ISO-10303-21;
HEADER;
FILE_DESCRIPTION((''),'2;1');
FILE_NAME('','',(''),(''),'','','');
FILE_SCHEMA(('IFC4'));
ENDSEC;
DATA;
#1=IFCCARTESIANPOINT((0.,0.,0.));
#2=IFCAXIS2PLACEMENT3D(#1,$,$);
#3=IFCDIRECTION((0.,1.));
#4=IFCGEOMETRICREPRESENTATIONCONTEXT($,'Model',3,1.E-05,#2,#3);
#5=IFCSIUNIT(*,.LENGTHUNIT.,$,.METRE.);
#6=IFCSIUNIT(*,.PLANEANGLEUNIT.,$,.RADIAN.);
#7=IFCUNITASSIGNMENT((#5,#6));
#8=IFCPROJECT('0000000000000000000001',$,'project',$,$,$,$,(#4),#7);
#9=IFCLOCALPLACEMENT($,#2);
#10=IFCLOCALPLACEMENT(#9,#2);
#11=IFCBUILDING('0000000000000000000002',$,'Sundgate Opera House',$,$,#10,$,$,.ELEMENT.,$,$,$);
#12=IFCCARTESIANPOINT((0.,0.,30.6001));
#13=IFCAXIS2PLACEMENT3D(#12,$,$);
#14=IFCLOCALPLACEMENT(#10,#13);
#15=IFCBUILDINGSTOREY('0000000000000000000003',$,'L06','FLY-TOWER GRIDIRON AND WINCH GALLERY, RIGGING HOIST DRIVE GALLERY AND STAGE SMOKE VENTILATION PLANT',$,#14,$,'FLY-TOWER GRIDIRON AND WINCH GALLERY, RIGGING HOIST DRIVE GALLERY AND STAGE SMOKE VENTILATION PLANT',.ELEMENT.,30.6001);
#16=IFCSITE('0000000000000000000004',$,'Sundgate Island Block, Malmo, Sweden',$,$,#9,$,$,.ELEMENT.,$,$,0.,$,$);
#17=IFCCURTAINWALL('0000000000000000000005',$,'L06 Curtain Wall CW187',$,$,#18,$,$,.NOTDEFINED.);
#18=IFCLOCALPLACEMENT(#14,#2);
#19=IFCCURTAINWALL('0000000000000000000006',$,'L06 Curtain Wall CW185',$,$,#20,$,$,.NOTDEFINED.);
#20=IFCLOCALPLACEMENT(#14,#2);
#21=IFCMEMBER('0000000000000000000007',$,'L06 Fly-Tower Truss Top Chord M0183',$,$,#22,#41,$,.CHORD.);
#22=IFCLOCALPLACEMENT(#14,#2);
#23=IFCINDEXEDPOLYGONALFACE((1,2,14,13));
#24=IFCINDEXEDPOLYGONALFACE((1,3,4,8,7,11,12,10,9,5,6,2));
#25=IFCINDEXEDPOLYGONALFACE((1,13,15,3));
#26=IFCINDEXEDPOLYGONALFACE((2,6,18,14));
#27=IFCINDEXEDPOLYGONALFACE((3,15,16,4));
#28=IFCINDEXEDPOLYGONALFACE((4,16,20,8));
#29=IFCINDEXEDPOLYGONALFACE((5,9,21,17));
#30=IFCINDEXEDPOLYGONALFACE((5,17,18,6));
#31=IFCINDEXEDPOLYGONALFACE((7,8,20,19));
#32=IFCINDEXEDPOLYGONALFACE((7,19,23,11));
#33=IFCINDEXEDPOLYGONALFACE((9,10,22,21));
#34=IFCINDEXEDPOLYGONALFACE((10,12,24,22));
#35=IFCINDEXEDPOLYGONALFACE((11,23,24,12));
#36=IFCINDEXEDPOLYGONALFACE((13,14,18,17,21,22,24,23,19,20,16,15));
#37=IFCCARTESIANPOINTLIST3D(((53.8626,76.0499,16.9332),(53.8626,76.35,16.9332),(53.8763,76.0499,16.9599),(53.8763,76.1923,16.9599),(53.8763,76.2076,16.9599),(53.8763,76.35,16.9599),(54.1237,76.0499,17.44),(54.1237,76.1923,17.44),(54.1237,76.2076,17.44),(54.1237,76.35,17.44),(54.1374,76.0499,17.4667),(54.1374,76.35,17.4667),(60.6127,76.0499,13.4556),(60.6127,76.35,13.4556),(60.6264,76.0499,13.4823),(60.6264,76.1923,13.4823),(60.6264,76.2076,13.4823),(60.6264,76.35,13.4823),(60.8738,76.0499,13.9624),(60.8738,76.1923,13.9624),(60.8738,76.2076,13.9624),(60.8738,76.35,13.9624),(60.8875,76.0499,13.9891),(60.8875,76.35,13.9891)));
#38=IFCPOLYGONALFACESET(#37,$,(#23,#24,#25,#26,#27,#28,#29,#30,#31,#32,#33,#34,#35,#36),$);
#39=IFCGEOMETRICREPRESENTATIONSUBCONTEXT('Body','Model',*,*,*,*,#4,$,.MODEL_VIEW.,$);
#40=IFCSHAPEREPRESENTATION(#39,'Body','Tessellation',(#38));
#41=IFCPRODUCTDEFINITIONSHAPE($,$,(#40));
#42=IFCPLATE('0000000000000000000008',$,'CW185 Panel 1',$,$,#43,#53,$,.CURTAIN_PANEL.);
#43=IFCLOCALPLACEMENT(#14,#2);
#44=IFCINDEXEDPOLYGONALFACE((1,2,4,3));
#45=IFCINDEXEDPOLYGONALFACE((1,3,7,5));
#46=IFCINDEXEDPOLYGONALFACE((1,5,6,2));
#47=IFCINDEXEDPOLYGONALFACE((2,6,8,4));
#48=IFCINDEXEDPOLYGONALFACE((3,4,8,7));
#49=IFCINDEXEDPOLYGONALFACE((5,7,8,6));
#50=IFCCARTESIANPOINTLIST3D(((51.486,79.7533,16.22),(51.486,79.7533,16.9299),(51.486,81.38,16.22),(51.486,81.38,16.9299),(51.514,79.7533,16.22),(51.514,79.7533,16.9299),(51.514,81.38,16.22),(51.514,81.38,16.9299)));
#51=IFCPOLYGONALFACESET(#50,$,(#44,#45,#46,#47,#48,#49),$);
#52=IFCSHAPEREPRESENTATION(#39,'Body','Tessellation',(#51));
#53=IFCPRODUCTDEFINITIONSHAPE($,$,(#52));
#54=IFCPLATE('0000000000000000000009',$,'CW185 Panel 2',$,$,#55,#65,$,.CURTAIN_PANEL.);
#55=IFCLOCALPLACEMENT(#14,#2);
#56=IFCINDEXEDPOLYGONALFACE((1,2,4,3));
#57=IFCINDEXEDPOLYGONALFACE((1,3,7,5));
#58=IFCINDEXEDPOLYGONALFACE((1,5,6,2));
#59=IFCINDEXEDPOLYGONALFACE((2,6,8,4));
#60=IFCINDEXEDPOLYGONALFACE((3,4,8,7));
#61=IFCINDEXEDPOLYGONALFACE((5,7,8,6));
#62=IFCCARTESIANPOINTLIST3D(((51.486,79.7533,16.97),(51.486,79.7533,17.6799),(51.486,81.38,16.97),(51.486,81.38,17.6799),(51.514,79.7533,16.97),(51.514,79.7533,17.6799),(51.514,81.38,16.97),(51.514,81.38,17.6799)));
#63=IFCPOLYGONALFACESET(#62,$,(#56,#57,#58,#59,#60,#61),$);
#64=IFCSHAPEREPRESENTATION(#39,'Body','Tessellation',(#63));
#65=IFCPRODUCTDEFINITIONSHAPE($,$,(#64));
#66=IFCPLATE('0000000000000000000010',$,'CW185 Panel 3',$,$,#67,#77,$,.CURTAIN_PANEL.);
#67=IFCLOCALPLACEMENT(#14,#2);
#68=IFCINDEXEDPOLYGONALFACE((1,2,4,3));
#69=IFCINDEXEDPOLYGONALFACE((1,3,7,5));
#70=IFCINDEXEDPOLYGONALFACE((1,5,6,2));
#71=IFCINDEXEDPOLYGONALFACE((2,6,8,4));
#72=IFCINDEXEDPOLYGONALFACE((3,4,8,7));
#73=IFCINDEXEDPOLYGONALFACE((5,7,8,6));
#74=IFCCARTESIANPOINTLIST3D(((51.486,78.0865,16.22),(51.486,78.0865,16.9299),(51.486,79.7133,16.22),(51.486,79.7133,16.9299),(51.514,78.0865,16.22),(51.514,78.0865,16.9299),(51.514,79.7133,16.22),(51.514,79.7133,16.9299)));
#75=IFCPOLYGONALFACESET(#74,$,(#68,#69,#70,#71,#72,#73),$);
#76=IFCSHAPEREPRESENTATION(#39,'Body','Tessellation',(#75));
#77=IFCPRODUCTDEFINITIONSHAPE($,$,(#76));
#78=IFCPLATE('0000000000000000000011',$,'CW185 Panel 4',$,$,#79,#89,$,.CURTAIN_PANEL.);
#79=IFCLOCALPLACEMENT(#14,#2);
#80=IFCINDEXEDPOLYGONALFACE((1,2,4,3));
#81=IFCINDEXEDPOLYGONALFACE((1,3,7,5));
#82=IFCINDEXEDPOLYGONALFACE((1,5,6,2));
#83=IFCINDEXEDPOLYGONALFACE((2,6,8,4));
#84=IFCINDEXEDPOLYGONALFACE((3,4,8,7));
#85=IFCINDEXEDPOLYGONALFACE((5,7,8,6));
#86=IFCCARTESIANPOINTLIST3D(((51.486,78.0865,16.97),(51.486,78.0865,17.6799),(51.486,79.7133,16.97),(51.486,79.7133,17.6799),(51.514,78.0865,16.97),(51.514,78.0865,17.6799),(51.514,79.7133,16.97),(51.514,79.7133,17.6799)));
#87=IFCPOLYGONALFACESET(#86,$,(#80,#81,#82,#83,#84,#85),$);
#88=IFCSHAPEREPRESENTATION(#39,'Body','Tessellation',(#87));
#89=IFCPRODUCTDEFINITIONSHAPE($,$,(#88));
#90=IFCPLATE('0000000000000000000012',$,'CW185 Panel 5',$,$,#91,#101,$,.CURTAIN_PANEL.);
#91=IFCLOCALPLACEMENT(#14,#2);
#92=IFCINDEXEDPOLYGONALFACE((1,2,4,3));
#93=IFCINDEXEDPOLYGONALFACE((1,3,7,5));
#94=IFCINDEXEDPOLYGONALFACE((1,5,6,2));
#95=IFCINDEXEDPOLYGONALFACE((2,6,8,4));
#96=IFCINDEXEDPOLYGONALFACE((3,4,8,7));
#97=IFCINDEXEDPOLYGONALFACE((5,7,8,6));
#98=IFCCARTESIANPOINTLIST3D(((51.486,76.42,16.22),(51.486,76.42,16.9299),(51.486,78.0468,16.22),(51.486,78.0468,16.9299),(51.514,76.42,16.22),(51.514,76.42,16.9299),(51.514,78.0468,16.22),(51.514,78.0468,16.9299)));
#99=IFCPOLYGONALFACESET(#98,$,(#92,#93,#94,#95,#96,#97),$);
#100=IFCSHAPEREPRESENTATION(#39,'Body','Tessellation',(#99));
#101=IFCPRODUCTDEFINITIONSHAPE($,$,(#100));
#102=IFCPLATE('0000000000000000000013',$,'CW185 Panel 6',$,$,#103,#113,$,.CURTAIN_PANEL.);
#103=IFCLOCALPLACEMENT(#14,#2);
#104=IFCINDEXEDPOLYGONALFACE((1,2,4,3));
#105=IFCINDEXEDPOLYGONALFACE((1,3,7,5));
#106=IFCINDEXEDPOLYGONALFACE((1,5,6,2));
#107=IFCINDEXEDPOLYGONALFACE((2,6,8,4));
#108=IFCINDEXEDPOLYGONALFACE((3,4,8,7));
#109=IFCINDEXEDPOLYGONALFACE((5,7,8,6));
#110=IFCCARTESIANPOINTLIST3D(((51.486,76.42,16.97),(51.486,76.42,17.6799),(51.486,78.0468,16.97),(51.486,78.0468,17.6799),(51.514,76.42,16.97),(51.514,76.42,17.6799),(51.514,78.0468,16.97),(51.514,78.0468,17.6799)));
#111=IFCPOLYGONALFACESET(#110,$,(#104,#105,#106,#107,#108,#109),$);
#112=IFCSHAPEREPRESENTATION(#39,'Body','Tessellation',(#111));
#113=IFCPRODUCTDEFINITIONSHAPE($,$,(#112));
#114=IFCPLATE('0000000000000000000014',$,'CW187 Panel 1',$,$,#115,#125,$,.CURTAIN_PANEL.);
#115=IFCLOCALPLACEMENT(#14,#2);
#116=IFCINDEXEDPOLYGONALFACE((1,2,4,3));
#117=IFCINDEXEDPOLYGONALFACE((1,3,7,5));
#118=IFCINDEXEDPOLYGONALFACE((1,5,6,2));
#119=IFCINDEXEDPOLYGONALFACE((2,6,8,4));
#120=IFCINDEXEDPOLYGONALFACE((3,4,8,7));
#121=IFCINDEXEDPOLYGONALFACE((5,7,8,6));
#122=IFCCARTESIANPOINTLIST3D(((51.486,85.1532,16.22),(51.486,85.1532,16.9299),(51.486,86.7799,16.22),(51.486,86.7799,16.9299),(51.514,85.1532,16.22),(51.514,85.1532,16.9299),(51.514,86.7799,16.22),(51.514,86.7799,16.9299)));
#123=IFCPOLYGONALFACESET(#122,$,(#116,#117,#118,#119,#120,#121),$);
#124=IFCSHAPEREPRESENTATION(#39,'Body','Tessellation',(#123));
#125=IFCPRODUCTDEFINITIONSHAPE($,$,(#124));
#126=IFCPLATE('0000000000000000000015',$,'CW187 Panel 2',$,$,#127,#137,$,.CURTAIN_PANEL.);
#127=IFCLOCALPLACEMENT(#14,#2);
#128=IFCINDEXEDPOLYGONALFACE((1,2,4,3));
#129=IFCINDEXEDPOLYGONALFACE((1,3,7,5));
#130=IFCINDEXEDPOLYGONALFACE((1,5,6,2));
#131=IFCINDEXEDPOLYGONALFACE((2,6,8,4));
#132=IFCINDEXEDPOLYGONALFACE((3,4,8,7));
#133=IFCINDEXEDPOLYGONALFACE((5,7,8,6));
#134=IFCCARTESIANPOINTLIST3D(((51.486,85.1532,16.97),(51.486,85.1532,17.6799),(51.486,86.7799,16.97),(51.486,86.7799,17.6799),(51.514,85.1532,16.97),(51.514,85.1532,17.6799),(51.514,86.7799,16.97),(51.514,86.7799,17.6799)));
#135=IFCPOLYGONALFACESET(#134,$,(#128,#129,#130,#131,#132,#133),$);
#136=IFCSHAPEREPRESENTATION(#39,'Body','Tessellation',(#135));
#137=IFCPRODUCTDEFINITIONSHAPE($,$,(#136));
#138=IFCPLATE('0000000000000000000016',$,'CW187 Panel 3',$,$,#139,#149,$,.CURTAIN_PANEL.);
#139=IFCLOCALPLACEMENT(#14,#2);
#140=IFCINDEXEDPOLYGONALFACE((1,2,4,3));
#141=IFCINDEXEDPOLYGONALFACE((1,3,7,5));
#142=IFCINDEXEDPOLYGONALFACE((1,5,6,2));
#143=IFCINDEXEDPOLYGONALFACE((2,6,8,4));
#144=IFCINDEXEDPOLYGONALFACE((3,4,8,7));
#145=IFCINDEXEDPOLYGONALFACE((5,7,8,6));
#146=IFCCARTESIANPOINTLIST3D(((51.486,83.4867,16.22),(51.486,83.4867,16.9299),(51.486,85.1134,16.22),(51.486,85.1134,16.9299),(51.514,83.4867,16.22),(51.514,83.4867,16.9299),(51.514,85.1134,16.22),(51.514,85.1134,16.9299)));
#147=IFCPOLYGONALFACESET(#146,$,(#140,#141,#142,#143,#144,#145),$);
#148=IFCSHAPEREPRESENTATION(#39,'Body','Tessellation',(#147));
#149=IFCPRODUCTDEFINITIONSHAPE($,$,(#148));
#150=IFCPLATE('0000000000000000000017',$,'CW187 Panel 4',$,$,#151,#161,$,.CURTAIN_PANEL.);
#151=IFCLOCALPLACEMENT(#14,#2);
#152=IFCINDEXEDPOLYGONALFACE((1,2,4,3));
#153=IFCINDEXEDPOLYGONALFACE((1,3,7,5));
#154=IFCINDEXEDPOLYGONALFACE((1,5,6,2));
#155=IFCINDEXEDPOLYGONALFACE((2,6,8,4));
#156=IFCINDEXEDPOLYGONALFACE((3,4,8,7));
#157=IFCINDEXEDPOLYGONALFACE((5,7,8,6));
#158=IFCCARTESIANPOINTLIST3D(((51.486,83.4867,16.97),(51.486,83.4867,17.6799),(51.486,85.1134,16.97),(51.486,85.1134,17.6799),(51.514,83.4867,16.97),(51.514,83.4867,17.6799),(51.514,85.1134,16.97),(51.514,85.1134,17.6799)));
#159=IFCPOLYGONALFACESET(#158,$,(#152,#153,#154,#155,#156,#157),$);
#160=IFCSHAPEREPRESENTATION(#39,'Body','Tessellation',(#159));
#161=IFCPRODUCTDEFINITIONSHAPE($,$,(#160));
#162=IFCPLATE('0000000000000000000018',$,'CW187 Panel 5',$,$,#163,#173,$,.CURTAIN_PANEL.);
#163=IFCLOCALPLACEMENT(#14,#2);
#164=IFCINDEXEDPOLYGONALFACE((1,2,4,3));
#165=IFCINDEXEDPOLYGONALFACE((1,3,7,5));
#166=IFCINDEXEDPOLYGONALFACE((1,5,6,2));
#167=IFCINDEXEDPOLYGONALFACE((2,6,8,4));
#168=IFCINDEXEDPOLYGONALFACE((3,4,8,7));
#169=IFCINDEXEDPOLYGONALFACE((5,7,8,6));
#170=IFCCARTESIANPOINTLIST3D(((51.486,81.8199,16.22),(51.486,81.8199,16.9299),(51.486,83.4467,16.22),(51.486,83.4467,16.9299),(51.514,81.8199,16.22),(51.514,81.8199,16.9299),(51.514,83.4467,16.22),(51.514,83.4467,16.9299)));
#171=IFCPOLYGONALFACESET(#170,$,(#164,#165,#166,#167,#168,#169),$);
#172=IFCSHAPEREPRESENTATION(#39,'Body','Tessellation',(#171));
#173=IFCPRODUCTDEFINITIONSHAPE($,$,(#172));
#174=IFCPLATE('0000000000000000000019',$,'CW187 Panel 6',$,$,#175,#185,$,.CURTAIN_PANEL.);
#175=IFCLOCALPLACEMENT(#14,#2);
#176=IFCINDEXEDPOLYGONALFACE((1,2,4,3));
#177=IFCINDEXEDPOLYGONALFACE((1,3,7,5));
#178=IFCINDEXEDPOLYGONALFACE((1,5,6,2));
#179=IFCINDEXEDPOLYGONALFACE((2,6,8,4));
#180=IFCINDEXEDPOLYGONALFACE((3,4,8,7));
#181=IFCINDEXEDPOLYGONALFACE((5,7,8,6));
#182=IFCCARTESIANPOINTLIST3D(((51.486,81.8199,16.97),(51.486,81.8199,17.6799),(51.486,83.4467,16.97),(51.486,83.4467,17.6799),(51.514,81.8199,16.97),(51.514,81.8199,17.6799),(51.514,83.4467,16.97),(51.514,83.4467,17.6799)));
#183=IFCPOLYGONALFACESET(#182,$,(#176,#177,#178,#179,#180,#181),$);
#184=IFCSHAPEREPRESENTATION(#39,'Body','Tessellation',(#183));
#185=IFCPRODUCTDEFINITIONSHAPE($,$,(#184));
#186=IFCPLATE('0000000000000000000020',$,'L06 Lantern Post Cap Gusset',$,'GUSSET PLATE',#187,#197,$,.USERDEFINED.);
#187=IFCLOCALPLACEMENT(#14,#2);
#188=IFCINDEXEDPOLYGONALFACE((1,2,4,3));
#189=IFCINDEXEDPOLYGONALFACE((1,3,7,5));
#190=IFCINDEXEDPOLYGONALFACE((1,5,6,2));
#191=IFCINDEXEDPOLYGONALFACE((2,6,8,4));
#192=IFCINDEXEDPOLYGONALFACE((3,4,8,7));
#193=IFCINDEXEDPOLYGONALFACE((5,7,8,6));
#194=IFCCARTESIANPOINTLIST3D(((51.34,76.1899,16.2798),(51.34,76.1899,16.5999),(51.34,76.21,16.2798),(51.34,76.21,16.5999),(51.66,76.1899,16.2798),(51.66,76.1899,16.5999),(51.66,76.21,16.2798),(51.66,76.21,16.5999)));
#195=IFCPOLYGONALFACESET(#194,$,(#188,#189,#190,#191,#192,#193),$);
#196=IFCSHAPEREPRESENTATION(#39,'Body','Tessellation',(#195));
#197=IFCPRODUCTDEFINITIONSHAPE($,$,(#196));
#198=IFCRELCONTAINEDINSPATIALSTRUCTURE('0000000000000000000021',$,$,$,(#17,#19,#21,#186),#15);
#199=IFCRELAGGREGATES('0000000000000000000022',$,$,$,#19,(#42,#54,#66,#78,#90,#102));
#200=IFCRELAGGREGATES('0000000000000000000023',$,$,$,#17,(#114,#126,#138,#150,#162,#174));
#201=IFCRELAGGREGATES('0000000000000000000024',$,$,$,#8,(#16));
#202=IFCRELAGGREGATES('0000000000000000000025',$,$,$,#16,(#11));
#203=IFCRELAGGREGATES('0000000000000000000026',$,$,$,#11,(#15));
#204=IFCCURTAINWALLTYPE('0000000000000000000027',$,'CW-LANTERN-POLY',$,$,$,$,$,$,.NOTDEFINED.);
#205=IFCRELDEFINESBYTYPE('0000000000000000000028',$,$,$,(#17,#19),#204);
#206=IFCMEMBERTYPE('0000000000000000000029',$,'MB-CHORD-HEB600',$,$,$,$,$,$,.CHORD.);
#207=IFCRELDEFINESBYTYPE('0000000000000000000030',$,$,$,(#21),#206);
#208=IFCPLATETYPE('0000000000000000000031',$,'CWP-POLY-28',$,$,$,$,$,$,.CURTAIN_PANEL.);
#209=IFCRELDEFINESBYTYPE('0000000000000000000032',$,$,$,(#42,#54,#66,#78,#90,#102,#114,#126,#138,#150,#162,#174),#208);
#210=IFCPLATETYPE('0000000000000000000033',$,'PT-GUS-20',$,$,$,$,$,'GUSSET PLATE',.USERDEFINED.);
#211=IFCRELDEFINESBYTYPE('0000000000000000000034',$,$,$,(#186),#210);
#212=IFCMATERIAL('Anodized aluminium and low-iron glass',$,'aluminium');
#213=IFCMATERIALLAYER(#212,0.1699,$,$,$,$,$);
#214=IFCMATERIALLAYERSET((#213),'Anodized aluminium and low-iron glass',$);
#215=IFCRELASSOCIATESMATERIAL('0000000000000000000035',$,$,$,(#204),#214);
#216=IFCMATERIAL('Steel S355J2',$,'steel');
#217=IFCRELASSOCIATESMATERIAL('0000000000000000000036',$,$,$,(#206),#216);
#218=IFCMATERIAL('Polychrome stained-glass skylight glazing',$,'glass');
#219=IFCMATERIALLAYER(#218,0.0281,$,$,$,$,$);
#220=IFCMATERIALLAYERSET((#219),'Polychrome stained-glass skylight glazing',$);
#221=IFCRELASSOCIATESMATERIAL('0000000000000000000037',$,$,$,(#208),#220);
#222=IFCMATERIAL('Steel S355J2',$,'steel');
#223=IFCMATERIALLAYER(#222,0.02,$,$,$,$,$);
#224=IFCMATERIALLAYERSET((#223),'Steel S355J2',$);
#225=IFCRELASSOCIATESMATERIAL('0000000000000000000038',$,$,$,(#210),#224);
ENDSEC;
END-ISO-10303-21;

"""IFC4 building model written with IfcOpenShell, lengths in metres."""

from ifc_helpers import new_model, si_unit, direction, frame, origin, origin_2d, place, context, subcontext, project, spatial, rectangle, i_section, extrude, material, layer, layer_set, material_profile, profile_set, type_object, element, aggregate, save


model = new_model("IFC4")

# Units and contexts
model_context = context("Model", 3, precision=1e-05, world=origin(), true_north=direction((0.0, 1.0)))
body_context = subcontext(model_context, "Body", "Model", "MODEL_VIEW")
ifc_project = project(units=[si_unit("LENGTHUNIT", "METRE"), si_unit("PLANEANGLEUNIT", "RADIAN")], contexts=[model_context])

# Site, building, storey
site_placement = place(None, origin())
site = spatial("IfcSite", under=ifc_project, at=site_placement, Name="Sundgate Island Block, Malmo, Sweden", CompositionType="ELEMENT", RefElevation=0.0)
building_placement = place(site_placement, origin())
building = spatial("IfcBuilding", under=site, at=building_placement, Name="Sundgate Opera House", CompositionType="ELEMENT")
storey_placement = place(building_placement, frame((0.0, 0.0, 30.6001)))
storey = spatial("IfcBuildingStorey", under=building, at=storey_placement, Name="L06", Description="FLY-TOWER GRIDIRON AND WINCH GALLERY, RIGGING HOIST DRIVE GALLERY AND STAGE SMOKE VENTILATION PLANT", LongName="FLY-TOWER GRIDIRON AND WINCH GALLERY, RIGGING HOIST DRIVE GALLERY AND STAGE SMOKE VENTILATION PLANT", CompositionType="ELEMENT", Elevation=30.6001)

# Curtain walls
ifc_material_1 = material(Name="Anodized aluminium and low-iron glass", Category="aluminium")
ifc_layer_1 = layer(ifc_material_1, 0.1699)
ifc_layer_set_1 = layer_set([ifc_layer_1], Name="Anodized aluminium and low-iron glass")
curtain_wall_type = type_object("IfcCurtainWallType", Name="CW-LANTERN-POLY", PredefinedType="NOTDEFINED", material=ifc_layer_set_1)
curtain_wall_1_placement = place(storey_placement, origin())
curtain_wall_1 = element("IfcCurtainWall", 1, at=curtain_wall_1_placement, inside=storey, type_object=curtain_wall_type, Name="L06 Curtain Wall CW187", PredefinedType="NOTDEFINED")
curtain_wall_2_placement = place(storey_placement, origin())
curtain_wall_2 = element("IfcCurtainWall", 2, at=curtain_wall_2_placement, inside=storey, type_object=curtain_wall_type, Name="L06 Curtain Wall CW185", PredefinedType="NOTDEFINED")

# Member
ifc_material_2 = material(Name="Steel S355J2", Category="steel")
ifc_material_profile_1 = material_profile(ifc_material_2, i_section(OverallWidth=0.3, OverallDepth=0.6001, WebThickness=0.0154, FlangeThickness=0.03, at=origin_2d()), Name="HEB 600")
ifc_profile_set_1 = profile_set([ifc_material_profile_1], Name="Steel S355J2")
member_type_1 = type_object("IfcMemberType", Name="MB-CHORD-HEB600", PredefinedType="CHORD", material=ifc_profile_set_1)
member_1_placement = place(storey_placement, frame((54.0, 76.2, 17.2), z_axis=(0.88896, 0.0, -0.457984), x_axis=(0.0, 1.0, 0.0)))
element("IfcMember", 3, at=member_1_placement, inside=storey, type_object=member_type_1, Name="L06 Fly-Tower Truss Top Chord M0183", PredefinedType="CHORD", context=body_context, shape_type="SweptSolid", body=[
    extrude(i_section(OverallWidth=0.3, OverallDepth=0.6001, WebThickness=0.0154, FlangeThickness=0.03, at=origin_2d()), origin(), (0.0, 0.0, 1.0), 7.5933),
])

# Plates
ifc_material_3 = material(Name="Polychrome stained-glass skylight glazing", Category="glass")
ifc_layer_2 = layer(ifc_material_3, 0.0281)
ifc_layer_set_2 = layer_set([ifc_layer_2], Name="Polychrome stained-glass skylight glazing")
plate_type_1 = type_object("IfcPlateType", Name="CWP-POLY-28", PredefinedType="CURTAIN_PANEL", material=ifc_layer_set_2)
plate_1_placement = place(storey_placement, frame((51.5, 80.5667, 16.22), z_axis=(0.0, 0.0, 1.0), x_axis=(0.0, -1.0, 0.0)))
plate_1 = element("IfcPlate", 4, at=plate_1_placement, type_object=plate_type_1, Name="CW185 Panel 1", PredefinedType="CURTAIN_PANEL", context=body_context, shape_type="SweptSolid", body=[
    extrude(rectangle(XDim=1.6267, YDim=0.0281, at=origin_2d()), origin(), (0.0, 0.0, 1.0), 0.71),
])
plate_2_placement = place(storey_placement, frame((51.5, 80.5667, 16.97), z_axis=(0.0, 0.0, 1.0), x_axis=(0.0, -1.0, 0.0)))
plate_2 = element("IfcPlate", 5, at=plate_2_placement, type_object=plate_type_1, Name="CW185 Panel 2", PredefinedType="CURTAIN_PANEL", context=body_context, shape_type="SweptSolid", body=[
    extrude(rectangle(XDim=1.6267, YDim=0.0281, at=origin_2d()), origin(), (0.0, 0.0, 1.0), 0.71),
])
plate_3_placement = place(storey_placement, frame((51.5, 78.8999, 16.22), z_axis=(0.0, 0.0, 1.0), x_axis=(0.0, -1.0, 0.0)))
plate_3 = element("IfcPlate", 6, at=plate_3_placement, type_object=plate_type_1, Name="CW185 Panel 3", PredefinedType="CURTAIN_PANEL", context=body_context, shape_type="SweptSolid", body=[
    extrude(rectangle(XDim=1.6267, YDim=0.0281, at=origin_2d()), origin(), (0.0, 0.0, 1.0), 0.71),
])
plate_4_placement = place(storey_placement, frame((51.5, 78.8999, 16.97), z_axis=(0.0, 0.0, 1.0), x_axis=(0.0, -1.0, 0.0)))
plate_4 = element("IfcPlate", 7, at=plate_4_placement, type_object=plate_type_1, Name="CW185 Panel 4", PredefinedType="CURTAIN_PANEL", context=body_context, shape_type="SweptSolid", body=[
    extrude(rectangle(XDim=1.6267, YDim=0.0281, at=origin_2d()), origin(), (0.0, 0.0, 1.0), 0.71),
])
plate_5_placement = place(storey_placement, frame((51.5, 77.2334, 16.22), z_axis=(0.0, 0.0, 1.0), x_axis=(0.0, -1.0, 0.0)))
plate_5 = element("IfcPlate", 8, at=plate_5_placement, type_object=plate_type_1, Name="CW185 Panel 5", PredefinedType="CURTAIN_PANEL", context=body_context, shape_type="SweptSolid", body=[
    extrude(rectangle(XDim=1.6267, YDim=0.0281, at=origin_2d()), origin(), (0.0, 0.0, 1.0), 0.71),
])
plate_6_placement = place(storey_placement, frame((51.5, 77.2334, 16.97), z_axis=(0.0, 0.0, 1.0), x_axis=(0.0, -1.0, 0.0)))
plate_6 = element("IfcPlate", 9, at=plate_6_placement, type_object=plate_type_1, Name="CW185 Panel 6", PredefinedType="CURTAIN_PANEL", context=body_context, shape_type="SweptSolid", body=[
    extrude(rectangle(XDim=1.6267, YDim=0.0281, at=origin_2d()), origin(), (0.0, 0.0, 1.0), 0.71),
])
aggregate(curtain_wall_2, [plate_1, plate_2, plate_3, plate_4, plate_5, plate_6])
plate_7_placement = place(storey_placement, frame((51.5, 85.9666, 16.22), z_axis=(0.0, 0.0, 1.0), x_axis=(0.0, -1.0, 0.0)))
plate_7 = element("IfcPlate", 10, at=plate_7_placement, type_object=plate_type_1, Name="CW187 Panel 1", PredefinedType="CURTAIN_PANEL", context=body_context, shape_type="SweptSolid", body=[
    extrude(rectangle(XDim=1.6267, YDim=0.0281, at=origin_2d()), origin(), (0.0, 0.0, 1.0), 0.71),
])
plate_8_placement = place(storey_placement, frame((51.5, 85.9666, 16.97), z_axis=(0.0, 0.0, 1.0), x_axis=(0.0, -1.0, 0.0)))
plate_8 = element("IfcPlate", 11, at=plate_8_placement, type_object=plate_type_1, Name="CW187 Panel 2", PredefinedType="CURTAIN_PANEL", context=body_context, shape_type="SweptSolid", body=[
    extrude(rectangle(XDim=1.6267, YDim=0.0281, at=origin_2d()), origin(), (0.0, 0.0, 1.0), 0.71),
])
plate_9_placement = place(storey_placement, frame((51.5, 84.3, 16.22), z_axis=(0.0, 0.0, 1.0), x_axis=(0.0, -1.0, 0.0)))
plate_9 = element("IfcPlate", 12, at=plate_9_placement, type_object=plate_type_1, Name="CW187 Panel 3", PredefinedType="CURTAIN_PANEL", context=body_context, shape_type="SweptSolid", body=[
    extrude(rectangle(XDim=1.6267, YDim=0.0281, at=origin_2d()), origin(), (0.0, 0.0, 1.0), 0.71),
])
plate_10_placement = place(storey_placement, frame((51.5, 84.3, 16.97), z_axis=(0.0, 0.0, 1.0), x_axis=(0.0, -1.0, 0.0)))
plate_10 = element("IfcPlate", 13, at=plate_10_placement, type_object=plate_type_1, Name="CW187 Panel 4", PredefinedType="CURTAIN_PANEL", context=body_context, shape_type="SweptSolid", body=[
    extrude(rectangle(XDim=1.6267, YDim=0.0281, at=origin_2d()), origin(), (0.0, 0.0, 1.0), 0.71),
])
plate_11_placement = place(storey_placement, frame((51.5, 82.6333, 16.22), z_axis=(0.0, 0.0, 1.0), x_axis=(0.0, -1.0, 0.0)))
plate_11 = element("IfcPlate", 14, at=plate_11_placement, type_object=plate_type_1, Name="CW187 Panel 5", PredefinedType="CURTAIN_PANEL", context=body_context, shape_type="SweptSolid", body=[
    extrude(rectangle(XDim=1.6267, YDim=0.0281, at=origin_2d()), origin(), (0.0, 0.0, 1.0), 0.71),
])
plate_12_placement = place(storey_placement, frame((51.5, 82.6333, 16.97), z_axis=(0.0, 0.0, 1.0), x_axis=(0.0, -1.0, 0.0)))
plate_12 = element("IfcPlate", 15, at=plate_12_placement, type_object=plate_type_1, Name="CW187 Panel 6", PredefinedType="CURTAIN_PANEL", context=body_context, shape_type="SweptSolid", body=[
    extrude(rectangle(XDim=1.6267, YDim=0.0281, at=origin_2d()), origin(), (0.0, 0.0, 1.0), 0.71),
])
aggregate(curtain_wall_1, [plate_7, plate_8, plate_9, plate_10, plate_11, plate_12])

# Plate
ifc_material_4 = material(Name="Steel S355J2", Category="steel")
ifc_layer_3 = layer(ifc_material_4, 0.02)
ifc_layer_set_3 = layer_set([ifc_layer_3], Name="Steel S355J2")
plate_type_2 = type_object("IfcPlateType", Name="PT-GUS-20", ElementType="GUSSET PLATE", PredefinedType="USERDEFINED", material=ifc_layer_set_3)
for number, where, z_axis, x_axis, name in (
    (16, (51.5, 76.2, 16.2798), (0.0, 0.0, 1.0), (1.0, 0.0, 0.0), "L06 Lantern Post Cap Gusset"),
):
    element("IfcPlate", number, at=place(storey_placement, frame(where, z_axis=z_axis, x_axis=x_axis)), inside=storey, type_object=plate_type_2, Name=name, ObjectType="GUSSET PLATE", PredefinedType="USERDEFINED", context=body_context, shape_type="SweptSolid", body=[
        extrude(rectangle(XDim=0.3201, YDim=0.02, at=origin_2d()), origin(), (0.0, 0.0, 1.0), 0.3201),
    ])

save(model, "model.ifc")
